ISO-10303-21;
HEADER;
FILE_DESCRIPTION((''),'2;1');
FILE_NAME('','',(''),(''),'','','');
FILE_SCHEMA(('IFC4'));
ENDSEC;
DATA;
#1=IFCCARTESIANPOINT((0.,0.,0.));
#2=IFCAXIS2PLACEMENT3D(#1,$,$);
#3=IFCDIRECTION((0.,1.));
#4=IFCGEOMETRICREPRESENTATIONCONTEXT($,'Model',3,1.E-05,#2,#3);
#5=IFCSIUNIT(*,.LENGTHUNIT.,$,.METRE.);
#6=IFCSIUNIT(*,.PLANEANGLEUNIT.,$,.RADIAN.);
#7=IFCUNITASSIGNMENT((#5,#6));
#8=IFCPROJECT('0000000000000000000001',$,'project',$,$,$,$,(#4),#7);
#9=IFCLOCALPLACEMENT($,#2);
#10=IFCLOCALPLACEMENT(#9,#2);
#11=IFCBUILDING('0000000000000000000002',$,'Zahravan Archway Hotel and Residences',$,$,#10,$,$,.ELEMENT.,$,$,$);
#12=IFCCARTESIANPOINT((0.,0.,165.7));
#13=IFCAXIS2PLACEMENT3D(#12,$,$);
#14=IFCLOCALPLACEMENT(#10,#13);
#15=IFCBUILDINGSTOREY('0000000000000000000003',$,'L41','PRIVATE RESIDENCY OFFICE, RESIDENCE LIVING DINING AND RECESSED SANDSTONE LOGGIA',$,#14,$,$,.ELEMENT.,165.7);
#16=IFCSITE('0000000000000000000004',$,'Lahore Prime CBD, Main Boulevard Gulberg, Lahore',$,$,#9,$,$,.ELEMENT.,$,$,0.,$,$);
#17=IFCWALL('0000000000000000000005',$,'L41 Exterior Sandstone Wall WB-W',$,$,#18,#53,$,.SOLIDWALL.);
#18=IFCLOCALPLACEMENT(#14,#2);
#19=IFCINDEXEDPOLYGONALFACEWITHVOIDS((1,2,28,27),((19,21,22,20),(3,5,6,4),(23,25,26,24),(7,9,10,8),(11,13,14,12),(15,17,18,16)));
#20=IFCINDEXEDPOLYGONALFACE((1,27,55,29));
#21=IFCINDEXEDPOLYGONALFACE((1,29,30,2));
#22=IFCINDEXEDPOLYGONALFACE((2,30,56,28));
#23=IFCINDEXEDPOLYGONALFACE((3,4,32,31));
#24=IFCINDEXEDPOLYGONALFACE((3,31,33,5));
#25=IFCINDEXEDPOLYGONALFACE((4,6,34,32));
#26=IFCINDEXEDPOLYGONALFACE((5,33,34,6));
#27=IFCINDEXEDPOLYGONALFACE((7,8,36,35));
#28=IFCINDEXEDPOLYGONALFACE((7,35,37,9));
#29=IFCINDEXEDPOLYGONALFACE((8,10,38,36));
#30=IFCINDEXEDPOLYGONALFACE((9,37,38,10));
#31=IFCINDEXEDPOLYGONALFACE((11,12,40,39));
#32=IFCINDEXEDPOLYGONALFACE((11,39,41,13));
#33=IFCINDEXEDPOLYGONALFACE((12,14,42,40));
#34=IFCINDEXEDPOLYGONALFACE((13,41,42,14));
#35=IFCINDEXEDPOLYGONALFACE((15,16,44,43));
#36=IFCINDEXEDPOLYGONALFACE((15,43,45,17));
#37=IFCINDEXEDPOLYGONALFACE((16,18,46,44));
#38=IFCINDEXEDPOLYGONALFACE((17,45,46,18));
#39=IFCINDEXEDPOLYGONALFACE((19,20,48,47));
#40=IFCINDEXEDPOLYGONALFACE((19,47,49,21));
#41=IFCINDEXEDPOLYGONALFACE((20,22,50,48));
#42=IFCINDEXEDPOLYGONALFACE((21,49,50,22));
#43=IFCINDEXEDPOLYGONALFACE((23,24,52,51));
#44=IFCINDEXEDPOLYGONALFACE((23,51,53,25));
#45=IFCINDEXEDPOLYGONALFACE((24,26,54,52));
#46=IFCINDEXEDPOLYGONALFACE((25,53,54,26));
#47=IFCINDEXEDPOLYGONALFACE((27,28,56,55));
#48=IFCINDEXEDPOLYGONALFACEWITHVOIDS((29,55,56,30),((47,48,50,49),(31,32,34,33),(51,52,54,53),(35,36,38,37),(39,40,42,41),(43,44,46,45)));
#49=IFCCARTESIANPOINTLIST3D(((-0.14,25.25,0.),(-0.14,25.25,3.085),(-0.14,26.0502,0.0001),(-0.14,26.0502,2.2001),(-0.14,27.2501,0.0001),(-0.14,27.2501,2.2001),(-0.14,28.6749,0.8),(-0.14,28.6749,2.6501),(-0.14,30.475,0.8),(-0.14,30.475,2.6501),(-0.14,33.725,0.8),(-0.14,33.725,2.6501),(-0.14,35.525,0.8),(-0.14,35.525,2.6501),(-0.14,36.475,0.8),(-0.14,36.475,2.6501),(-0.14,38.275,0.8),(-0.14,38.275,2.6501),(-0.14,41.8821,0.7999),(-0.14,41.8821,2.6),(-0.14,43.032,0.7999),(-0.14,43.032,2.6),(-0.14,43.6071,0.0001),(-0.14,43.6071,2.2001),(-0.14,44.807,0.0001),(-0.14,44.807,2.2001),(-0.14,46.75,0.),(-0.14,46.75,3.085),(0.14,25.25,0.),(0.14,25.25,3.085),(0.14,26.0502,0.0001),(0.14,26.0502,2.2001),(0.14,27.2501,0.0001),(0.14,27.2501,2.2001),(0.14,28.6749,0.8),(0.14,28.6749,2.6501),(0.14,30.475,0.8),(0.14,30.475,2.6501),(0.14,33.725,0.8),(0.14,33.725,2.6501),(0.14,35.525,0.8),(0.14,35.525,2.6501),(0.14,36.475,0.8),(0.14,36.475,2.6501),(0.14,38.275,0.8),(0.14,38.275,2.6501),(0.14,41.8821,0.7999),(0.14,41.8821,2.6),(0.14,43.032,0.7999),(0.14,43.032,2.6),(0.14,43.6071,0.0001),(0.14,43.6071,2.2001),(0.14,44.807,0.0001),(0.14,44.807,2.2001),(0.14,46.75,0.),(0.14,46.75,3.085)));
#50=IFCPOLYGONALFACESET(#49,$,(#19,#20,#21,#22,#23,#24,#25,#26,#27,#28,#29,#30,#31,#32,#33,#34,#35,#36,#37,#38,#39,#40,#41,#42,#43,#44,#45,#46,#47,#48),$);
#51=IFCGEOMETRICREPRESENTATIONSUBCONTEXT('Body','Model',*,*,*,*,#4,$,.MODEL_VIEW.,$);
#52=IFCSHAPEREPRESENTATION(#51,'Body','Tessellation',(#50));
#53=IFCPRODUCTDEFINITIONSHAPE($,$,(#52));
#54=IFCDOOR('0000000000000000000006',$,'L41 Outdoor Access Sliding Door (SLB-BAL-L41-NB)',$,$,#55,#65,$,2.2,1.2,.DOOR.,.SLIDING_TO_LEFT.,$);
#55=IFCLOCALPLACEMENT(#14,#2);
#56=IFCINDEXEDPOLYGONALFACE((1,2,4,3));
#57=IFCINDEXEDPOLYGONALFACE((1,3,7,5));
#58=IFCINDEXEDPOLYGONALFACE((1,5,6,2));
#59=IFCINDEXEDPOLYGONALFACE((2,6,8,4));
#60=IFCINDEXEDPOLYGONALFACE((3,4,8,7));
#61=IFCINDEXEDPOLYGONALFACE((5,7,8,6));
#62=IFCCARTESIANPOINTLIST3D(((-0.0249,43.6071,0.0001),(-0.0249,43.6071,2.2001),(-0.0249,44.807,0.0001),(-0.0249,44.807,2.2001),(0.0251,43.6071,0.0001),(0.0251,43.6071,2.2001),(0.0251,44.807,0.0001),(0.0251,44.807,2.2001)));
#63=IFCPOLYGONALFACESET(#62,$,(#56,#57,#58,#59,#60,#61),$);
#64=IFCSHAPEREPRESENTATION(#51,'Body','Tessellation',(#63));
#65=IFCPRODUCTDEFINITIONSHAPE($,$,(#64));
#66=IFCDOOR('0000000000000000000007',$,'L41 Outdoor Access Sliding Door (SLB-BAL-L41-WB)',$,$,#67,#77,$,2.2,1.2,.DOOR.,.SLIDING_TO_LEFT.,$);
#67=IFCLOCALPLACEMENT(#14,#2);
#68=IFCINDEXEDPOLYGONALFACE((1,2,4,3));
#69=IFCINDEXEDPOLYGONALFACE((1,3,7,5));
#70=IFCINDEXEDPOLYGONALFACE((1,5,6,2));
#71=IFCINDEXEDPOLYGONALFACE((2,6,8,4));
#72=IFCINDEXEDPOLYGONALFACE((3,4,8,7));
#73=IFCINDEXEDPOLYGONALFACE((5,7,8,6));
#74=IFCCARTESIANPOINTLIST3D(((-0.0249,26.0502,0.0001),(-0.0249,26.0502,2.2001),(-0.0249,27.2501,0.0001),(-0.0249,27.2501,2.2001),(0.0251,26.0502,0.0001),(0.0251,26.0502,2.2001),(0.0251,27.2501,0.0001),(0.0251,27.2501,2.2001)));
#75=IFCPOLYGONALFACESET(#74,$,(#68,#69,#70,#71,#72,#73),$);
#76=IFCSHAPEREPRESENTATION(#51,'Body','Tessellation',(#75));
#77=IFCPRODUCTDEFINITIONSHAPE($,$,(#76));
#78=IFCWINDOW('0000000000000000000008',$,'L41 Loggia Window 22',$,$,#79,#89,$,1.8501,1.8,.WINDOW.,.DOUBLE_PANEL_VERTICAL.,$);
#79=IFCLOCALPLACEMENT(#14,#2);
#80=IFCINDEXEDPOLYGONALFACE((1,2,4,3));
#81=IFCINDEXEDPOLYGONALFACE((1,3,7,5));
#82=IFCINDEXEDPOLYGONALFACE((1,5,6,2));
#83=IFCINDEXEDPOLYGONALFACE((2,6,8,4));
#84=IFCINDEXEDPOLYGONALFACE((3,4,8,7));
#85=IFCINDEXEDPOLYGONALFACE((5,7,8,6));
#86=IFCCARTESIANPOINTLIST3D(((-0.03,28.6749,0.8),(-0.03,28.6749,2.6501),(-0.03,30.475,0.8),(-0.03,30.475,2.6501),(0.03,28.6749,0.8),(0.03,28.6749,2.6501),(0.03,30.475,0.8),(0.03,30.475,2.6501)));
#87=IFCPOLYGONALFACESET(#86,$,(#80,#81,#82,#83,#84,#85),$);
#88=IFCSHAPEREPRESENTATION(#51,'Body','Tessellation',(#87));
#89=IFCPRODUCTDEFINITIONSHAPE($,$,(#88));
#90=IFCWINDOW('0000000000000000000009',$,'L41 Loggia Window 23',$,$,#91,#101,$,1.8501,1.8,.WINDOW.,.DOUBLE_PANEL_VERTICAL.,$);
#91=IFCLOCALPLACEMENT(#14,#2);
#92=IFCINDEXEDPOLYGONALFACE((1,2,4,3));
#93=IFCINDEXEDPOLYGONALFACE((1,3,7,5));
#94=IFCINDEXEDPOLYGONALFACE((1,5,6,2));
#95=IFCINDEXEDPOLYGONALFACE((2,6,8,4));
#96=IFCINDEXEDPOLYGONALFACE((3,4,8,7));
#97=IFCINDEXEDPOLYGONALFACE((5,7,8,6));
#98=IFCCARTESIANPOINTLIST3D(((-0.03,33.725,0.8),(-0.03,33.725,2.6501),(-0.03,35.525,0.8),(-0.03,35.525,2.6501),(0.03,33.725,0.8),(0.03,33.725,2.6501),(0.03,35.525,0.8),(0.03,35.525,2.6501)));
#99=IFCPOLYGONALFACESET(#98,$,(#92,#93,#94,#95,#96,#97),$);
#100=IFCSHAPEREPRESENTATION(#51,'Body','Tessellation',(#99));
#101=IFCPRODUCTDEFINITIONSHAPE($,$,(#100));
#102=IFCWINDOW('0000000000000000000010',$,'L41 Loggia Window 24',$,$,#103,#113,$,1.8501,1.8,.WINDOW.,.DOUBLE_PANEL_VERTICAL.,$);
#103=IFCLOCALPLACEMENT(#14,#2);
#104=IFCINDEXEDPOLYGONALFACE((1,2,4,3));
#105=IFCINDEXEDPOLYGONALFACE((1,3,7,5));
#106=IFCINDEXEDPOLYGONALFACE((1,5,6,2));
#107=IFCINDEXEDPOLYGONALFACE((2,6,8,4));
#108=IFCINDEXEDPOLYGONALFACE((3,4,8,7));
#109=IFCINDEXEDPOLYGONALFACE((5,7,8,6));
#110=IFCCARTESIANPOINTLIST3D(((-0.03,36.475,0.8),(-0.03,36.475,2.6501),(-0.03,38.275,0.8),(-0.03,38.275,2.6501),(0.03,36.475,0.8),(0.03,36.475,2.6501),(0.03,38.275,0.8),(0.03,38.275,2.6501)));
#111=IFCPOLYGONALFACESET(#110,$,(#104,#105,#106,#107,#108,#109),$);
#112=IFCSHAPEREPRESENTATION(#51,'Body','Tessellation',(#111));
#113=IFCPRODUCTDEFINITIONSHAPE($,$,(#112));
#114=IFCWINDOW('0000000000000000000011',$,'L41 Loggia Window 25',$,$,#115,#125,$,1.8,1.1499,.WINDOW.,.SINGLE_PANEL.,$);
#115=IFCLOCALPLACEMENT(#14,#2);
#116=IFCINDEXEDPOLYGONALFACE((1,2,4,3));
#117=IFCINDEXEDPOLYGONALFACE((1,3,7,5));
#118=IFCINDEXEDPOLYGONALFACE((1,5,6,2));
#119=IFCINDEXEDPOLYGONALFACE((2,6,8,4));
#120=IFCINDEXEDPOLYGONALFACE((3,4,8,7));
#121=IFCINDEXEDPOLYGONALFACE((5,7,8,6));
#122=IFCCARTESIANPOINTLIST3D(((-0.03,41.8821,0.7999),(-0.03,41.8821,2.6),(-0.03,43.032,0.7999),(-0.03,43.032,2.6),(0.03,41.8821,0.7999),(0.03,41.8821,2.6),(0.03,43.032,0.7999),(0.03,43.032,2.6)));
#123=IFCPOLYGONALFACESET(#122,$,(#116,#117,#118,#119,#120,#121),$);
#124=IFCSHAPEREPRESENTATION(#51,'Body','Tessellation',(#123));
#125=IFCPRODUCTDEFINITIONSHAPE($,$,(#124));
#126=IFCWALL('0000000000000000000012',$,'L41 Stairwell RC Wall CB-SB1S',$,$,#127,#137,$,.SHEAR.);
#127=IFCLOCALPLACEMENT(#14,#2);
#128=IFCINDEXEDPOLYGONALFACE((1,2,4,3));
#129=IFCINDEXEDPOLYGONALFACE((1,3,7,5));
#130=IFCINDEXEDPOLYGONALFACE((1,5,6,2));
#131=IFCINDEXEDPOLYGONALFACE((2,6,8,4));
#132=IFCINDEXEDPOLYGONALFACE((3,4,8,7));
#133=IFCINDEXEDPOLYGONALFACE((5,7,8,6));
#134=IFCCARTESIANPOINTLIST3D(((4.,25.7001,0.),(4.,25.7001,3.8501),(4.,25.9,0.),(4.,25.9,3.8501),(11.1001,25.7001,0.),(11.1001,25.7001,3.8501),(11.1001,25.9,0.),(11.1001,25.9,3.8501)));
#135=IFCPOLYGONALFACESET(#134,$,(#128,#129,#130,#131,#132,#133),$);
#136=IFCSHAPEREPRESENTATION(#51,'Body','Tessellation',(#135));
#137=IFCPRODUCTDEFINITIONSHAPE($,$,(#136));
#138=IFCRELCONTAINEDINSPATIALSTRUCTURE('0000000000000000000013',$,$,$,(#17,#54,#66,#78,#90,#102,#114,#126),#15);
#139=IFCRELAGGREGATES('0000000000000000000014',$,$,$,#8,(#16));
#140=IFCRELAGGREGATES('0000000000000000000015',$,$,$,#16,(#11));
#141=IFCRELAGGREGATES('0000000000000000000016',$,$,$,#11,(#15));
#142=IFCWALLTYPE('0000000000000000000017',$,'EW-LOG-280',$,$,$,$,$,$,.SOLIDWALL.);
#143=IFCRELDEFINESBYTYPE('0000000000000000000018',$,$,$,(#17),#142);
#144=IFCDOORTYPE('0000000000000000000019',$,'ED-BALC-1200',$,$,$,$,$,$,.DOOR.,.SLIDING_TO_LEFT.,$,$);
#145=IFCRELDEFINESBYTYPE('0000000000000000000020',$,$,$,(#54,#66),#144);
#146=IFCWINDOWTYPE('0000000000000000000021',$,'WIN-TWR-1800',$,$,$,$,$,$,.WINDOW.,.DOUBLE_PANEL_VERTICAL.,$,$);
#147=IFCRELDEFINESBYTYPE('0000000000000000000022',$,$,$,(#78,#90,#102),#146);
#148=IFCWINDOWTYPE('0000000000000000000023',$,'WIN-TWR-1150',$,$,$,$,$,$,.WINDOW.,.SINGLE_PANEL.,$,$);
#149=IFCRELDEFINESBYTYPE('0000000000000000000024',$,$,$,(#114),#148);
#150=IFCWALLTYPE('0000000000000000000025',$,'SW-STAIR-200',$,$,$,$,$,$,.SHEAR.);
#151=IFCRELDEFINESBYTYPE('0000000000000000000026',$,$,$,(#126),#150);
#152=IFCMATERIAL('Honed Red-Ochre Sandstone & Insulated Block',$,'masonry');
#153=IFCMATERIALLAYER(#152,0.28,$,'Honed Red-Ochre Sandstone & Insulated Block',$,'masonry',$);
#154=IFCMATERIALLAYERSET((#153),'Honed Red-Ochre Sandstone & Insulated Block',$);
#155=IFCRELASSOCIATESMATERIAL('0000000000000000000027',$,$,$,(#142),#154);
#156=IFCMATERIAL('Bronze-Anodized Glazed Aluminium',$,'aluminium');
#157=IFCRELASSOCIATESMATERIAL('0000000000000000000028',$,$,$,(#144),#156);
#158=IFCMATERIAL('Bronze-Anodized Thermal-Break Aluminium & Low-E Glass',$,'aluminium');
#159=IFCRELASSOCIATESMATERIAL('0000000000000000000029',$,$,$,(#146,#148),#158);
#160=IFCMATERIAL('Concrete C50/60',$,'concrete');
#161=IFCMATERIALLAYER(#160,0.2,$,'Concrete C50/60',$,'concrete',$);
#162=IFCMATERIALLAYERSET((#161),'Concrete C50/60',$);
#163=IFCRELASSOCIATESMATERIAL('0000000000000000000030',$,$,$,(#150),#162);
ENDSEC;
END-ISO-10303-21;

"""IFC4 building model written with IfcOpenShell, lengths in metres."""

from ifc_helpers import new_model, si_unit, direction, frame, frame_2d, origin, place, context, subcontext, project, spatial, rectangle, extrude, source, transform, mapped, material, layer, layer_set, type_object, type_shapes, element, fill, save


model = new_model("IFC4")

# Units and contexts
model_context = context("Model", 3, precision=1e-05, world=origin(), true_north=direction((0.0, 1.0)))
body_context = subcontext(model_context, "Body", "Model", "MODEL_VIEW")
ifc_project = project(units=[si_unit("LENGTHUNIT", "METRE"), si_unit("PLANEANGLEUNIT", "RADIAN")], contexts=[model_context])

# Site, building, storey
site_placement = place(None, origin())
site = spatial("IfcSite", under=ifc_project, at=site_placement, Name="Lahore Prime CBD, Main Boulevard Gulberg, Lahore", CompositionType="ELEMENT", RefElevation=0.0)
building_placement = place(site_placement, origin())
building = spatial("IfcBuilding", under=site, at=building_placement, Name="Zahravan Archway Hotel and Residences", CompositionType="ELEMENT")
storey_placement = place(building_placement, frame((0.0, 0.0, 165.7)))
storey = spatial("IfcBuildingStorey", under=building, at=storey_placement, Name="L41", Description="PRIVATE RESIDENCY OFFICE, RESIDENCE LIVING DINING AND RECESSED SANDSTONE LOGGIA", CompositionType="ELEMENT", Elevation=165.7)

# Shared definitions
ifc_material_1 = material(Name="Honed Red-Ochre Sandstone & Insulated Block", Category="masonry")
ifc_layer_1 = layer(ifc_material_1, 0.28, Name="Honed Red-Ochre Sandstone & Insulated Block", Category="masonry")
ifc_layer_set_1 = layer_set([ifc_layer_1], Name="Honed Red-Ochre Sandstone & Insulated Block")
wall_type_1 = type_object("IfcWallType", Name="EW-LOG-280", PredefinedType="SOLIDWALL", material=ifc_layer_set_1)
ifc_material_2 = material(Name="Bronze-Anodized Thermal-Break Aluminium & Low-E Glass", Category="aluminium")

# Wall, openings, doors, windows
wall_1_placement = place(storey_placement, frame((0.0, 25.25, 0.0), z_axis=(0.0, 0.0, 1.0), x_axis=(0.0, 1.0, 0.0)))
wall_1 = element("IfcWall", 1, at=wall_1_placement, inside=storey, type_object=wall_type_1, Name="L41 Exterior Sandstone Wall WB-W", PredefinedType="SOLIDWALL", context=body_context, shape_type="SweptSolid", body=[
    extrude(rectangle(XDim=21.5, YDim=0.28, at=frame_2d((10.75, 0.0))), origin(), (0.0, 0.0, 1.0), 3.085),
])
opening_1_placement = place(wall_1_placement, frame((18.3569, 0.0, 0.0)))
opening_1 = element("IfcOpeningElement", 2, at=opening_1_placement, cuts=wall_1, PredefinedType="OPENING", context=body_context, shape_type="SweptSolid", body=[
    extrude(rectangle(XDim=1.2, YDim=2.2, at=frame_2d((0.6001, 1.1001))), frame((0.0, 0.1499, 0.0), z_axis=(0.0, -1.0, 0.0), x_axis=(1.0, 0.0, 0.0)), (0.0, 0.0, 1.0), 0.3),
])
opening_2_placement = place(wall_1_placement, frame((0.8, 0.0, 0.0)))
opening_2 = element("IfcOpeningElement", 3, at=opening_2_placement, cuts=wall_1, PredefinedType="OPENING", context=body_context, shape_type="SweptSolid", body=[
    extrude(rectangle(XDim=1.2, YDim=2.2, at=frame_2d((0.6001, 1.1001))), frame((0.0, 0.1499, 0.0), z_axis=(0.0, -1.0, 0.0), x_axis=(1.0, 0.0, 0.0)), (0.0, 0.0, 1.0), 0.3),
])
opening_3_placement = place(wall_1_placement, frame((3.425, 0.0, 0.8)))
opening_3 = element("IfcOpeningElement", 4, at=opening_3_placement, cuts=wall_1, PredefinedType="OPENING", context=body_context, shape_type="SweptSolid", body=[
    extrude(rectangle(XDim=1.8, YDim=1.8501, at=frame_2d((0.8999, 0.925))), frame((0.0, 0.1499, 0.0), z_axis=(0.0, -1.0, 0.0), x_axis=(1.0, 0.0, 0.0)), (0.0, 0.0, 1.0), 0.3),
])
opening_4_placement = place(wall_1_placement, frame((8.4751, 0.0, 0.8)))
opening_4 = element("IfcOpeningElement", 5, at=opening_4_placement, cuts=wall_1, PredefinedType="OPENING", context=body_context, shape_type="SweptSolid", body=[
    extrude(rectangle(XDim=1.8, YDim=1.8501, at=frame_2d((0.8999, 0.925))), frame((0.0, 0.1499, 0.0), z_axis=(0.0, -1.0, 0.0), x_axis=(1.0, 0.0, 0.0)), (0.0, 0.0, 1.0), 0.3),
])
opening_5_placement = place(wall_1_placement, frame((11.2251, 0.0, 0.8)))
opening_5 = element("IfcOpeningElement", 6, at=opening_5_placement, cuts=wall_1, PredefinedType="OPENING", context=body_context, shape_type="SweptSolid", body=[
    extrude(rectangle(XDim=1.8, YDim=1.8501, at=frame_2d((0.8999, 0.925))), frame((0.0, 0.1499, 0.0), z_axis=(0.0, -1.0, 0.0), x_axis=(1.0, 0.0, 0.0)), (0.0, 0.0, 1.0), 0.3),
])
opening_6_placement = place(wall_1_placement, frame((16.6321, 0.0, 0.8)))
opening_6 = element("IfcOpeningElement", 7, at=opening_6_placement, cuts=wall_1, PredefinedType="OPENING", context=body_context, shape_type="SweptSolid", body=[
    extrude(rectangle(XDim=1.1499, YDim=1.8, at=frame_2d((0.575, 0.8999))), frame((0.0, 0.1499, 0.0), z_axis=(0.0, -1.0, 0.0), x_axis=(1.0, 0.0, 0.0)), (0.0, 0.0, 1.0), 0.3),
])
ifc_material_3 = material(Name="Bronze-Anodized Glazed Aluminium", Category="aluminium")
door_type_1 = type_object("IfcDoorType", Name="ED-BALC-1200", OperationType="SLIDING_TO_LEFT", PredefinedType="DOOR", material=ifc_material_3)
shared_shape_1 = source(origin(), body_context, "Body", "SweptSolid", [
    extrude(rectangle(XDim=1.2, YDim=2.2, at=frame_2d((0.6001, 1.1001))), frame((0.0, 0.0249, 0.0), z_axis=(0.0, -1.0, 0.0), x_axis=(1.0, 0.0, 0.0)), (0.0, 0.0, 1.0), 0.05),
])
type_shapes(door_type_1, [shared_shape_1])
door_1_placement = place(opening_1_placement, origin())
door_1 = element("IfcDoor", 8, at=door_1_placement, inside=storey, type_object=door_type_1, Name="L41 Outdoor Access Sliding Door (SLB-BAL-L41-NB)", OperationType="SLIDING_TO_LEFT", OverallHeight=2.2, OverallWidth=1.2, PredefinedType="DOOR", context=body_context, shape_type="MappedRepresentation", body=[
    mapped(shared_shape_1, transform((0.0, 0.0, 0.0), scale=1.0)),
])
fill(opening_1, door_1)
door_2_placement = place(opening_2_placement, origin())
door_2 = element("IfcDoor", 9, at=door_2_placement, inside=storey, type_object=door_type_1, Name="L41 Outdoor Access Sliding Door (SLB-BAL-L41-WB)", OperationType="SLIDING_TO_LEFT", OverallHeight=2.2, OverallWidth=1.2, PredefinedType="DOOR", context=body_context, shape_type="MappedRepresentation", body=[
    mapped(shared_shape_1, transform((0.0, 0.0, 0.0), scale=1.0)),
])
fill(opening_2, door_2)
window_type_1 = type_object("IfcWindowType", Name="WIN-TWR-1800", PartitioningType="DOUBLE_PANEL_VERTICAL", PredefinedType="WINDOW", material=ifc_material_2)
shared_shape_2 = source(origin(), body_context, "Body", "SweptSolid", [
    extrude(rectangle(XDim=1.8, YDim=1.8501, at=frame_2d((0.8999, 0.925))), frame((0.0, 0.03, 0.0), z_axis=(0.0, -1.0, 0.0), x_axis=(1.0, 0.0, 0.0)), (0.0, 0.0, 1.0), 0.0601),
])
type_shapes(window_type_1, [shared_shape_2])
window_1_placement = place(opening_3_placement, origin())
window_1 = element("IfcWindow", 10, at=window_1_placement, inside=storey, type_object=window_type_1, Name="L41 Loggia Window 22", OverallHeight=1.8501, OverallWidth=1.8, PartitioningType="DOUBLE_PANEL_VERTICAL", PredefinedType="WINDOW", context=body_context, shape_type="MappedRepresentation", body=[
    mapped(shared_shape_2, transform((0.0, 0.0, 0.0), scale=1.0)),
])
fill(opening_3, window_1)
window_2_placement = place(opening_4_placement, origin())
window_2 = element("IfcWindow", 11, at=window_2_placement, inside=storey, type_object=window_type_1, Name="L41 Loggia Window 23", OverallHeight=1.8501, OverallWidth=1.8, PartitioningType="DOUBLE_PANEL_VERTICAL", PredefinedType="WINDOW", context=body_context, shape_type="MappedRepresentation", body=[
    mapped(shared_shape_2, transform((0.0, 0.0, 0.0), scale=1.0)),
])
fill(opening_4, window_2)
window_3_placement = place(opening_5_placement, origin())
window_3 = element("IfcWindow", 12, at=window_3_placement, inside=storey, type_object=window_type_1, Name="L41 Loggia Window 24", OverallHeight=1.8501, OverallWidth=1.8, PartitioningType="DOUBLE_PANEL_VERTICAL", PredefinedType="WINDOW", context=body_context, shape_type="MappedRepresentation", body=[
    mapped(shared_shape_2, transform((0.0, 0.0, 0.0), scale=1.0)),
])
fill(opening_5, window_3)
window_type_2 = type_object("IfcWindowType", Name="WIN-TWR-1150", PartitioningType="SINGLE_PANEL", PredefinedType="WINDOW", material=ifc_material_2)
shared_shape_3 = source(origin(), body_context, "Body", "SweptSolid", [
    extrude(rectangle(XDim=1.1499, YDim=1.8, at=frame_2d((0.575, 0.8999))), frame((0.0, 0.03, 0.0), z_axis=(0.0, -1.0, 0.0), x_axis=(1.0, 0.0, 0.0)), (0.0, 0.0, 1.0), 0.0601),
])
type_shapes(window_type_2, [shared_shape_3])
window_4_placement = place(opening_6_placement, origin())
window_4 = element("IfcWindow", 13, at=window_4_placement, inside=storey, type_object=window_type_2, Name="L41 Loggia Window 25", OverallHeight=1.8, OverallWidth=1.1499, PartitioningType="SINGLE_PANEL", PredefinedType="WINDOW", context=body_context, shape_type="MappedRepresentation", body=[
    mapped(shared_shape_3, transform((0.0, 0.0, 0.0), scale=1.0)),
])
fill(opening_6, window_4)

# Wall
ifc_material_4 = material(Name="Concrete C50/60", Category="concrete")
ifc_layer_2 = layer(ifc_material_4, 0.2, Name="Concrete C50/60", Category="concrete")
ifc_layer_set_2 = layer_set([ifc_layer_2], Name="Concrete C50/60")
wall_type_2 = type_object("IfcWallType", Name="SW-STAIR-200", PredefinedType="SHEAR", material=ifc_layer_set_2)
wall_2_placement = place(storey_placement, frame((4.0, 25.8, 0.0), z_axis=(0.0, 0.0, 1.0), x_axis=(1.0, 0.0, 0.0)))
element("IfcWall", 14, at=wall_2_placement, inside=storey, type_object=wall_type_2, Name="L41 Stairwell RC Wall CB-SB1S", PredefinedType="SHEAR", context=body_context, shape_type="SweptSolid", body=[
    extrude(rectangle(XDim=7.1001, YDim=0.2, at=frame_2d((3.55, 0.0))), origin(), (0.0, 0.0, 1.0), 3.8501),
])

save(model, "model.ifc")
